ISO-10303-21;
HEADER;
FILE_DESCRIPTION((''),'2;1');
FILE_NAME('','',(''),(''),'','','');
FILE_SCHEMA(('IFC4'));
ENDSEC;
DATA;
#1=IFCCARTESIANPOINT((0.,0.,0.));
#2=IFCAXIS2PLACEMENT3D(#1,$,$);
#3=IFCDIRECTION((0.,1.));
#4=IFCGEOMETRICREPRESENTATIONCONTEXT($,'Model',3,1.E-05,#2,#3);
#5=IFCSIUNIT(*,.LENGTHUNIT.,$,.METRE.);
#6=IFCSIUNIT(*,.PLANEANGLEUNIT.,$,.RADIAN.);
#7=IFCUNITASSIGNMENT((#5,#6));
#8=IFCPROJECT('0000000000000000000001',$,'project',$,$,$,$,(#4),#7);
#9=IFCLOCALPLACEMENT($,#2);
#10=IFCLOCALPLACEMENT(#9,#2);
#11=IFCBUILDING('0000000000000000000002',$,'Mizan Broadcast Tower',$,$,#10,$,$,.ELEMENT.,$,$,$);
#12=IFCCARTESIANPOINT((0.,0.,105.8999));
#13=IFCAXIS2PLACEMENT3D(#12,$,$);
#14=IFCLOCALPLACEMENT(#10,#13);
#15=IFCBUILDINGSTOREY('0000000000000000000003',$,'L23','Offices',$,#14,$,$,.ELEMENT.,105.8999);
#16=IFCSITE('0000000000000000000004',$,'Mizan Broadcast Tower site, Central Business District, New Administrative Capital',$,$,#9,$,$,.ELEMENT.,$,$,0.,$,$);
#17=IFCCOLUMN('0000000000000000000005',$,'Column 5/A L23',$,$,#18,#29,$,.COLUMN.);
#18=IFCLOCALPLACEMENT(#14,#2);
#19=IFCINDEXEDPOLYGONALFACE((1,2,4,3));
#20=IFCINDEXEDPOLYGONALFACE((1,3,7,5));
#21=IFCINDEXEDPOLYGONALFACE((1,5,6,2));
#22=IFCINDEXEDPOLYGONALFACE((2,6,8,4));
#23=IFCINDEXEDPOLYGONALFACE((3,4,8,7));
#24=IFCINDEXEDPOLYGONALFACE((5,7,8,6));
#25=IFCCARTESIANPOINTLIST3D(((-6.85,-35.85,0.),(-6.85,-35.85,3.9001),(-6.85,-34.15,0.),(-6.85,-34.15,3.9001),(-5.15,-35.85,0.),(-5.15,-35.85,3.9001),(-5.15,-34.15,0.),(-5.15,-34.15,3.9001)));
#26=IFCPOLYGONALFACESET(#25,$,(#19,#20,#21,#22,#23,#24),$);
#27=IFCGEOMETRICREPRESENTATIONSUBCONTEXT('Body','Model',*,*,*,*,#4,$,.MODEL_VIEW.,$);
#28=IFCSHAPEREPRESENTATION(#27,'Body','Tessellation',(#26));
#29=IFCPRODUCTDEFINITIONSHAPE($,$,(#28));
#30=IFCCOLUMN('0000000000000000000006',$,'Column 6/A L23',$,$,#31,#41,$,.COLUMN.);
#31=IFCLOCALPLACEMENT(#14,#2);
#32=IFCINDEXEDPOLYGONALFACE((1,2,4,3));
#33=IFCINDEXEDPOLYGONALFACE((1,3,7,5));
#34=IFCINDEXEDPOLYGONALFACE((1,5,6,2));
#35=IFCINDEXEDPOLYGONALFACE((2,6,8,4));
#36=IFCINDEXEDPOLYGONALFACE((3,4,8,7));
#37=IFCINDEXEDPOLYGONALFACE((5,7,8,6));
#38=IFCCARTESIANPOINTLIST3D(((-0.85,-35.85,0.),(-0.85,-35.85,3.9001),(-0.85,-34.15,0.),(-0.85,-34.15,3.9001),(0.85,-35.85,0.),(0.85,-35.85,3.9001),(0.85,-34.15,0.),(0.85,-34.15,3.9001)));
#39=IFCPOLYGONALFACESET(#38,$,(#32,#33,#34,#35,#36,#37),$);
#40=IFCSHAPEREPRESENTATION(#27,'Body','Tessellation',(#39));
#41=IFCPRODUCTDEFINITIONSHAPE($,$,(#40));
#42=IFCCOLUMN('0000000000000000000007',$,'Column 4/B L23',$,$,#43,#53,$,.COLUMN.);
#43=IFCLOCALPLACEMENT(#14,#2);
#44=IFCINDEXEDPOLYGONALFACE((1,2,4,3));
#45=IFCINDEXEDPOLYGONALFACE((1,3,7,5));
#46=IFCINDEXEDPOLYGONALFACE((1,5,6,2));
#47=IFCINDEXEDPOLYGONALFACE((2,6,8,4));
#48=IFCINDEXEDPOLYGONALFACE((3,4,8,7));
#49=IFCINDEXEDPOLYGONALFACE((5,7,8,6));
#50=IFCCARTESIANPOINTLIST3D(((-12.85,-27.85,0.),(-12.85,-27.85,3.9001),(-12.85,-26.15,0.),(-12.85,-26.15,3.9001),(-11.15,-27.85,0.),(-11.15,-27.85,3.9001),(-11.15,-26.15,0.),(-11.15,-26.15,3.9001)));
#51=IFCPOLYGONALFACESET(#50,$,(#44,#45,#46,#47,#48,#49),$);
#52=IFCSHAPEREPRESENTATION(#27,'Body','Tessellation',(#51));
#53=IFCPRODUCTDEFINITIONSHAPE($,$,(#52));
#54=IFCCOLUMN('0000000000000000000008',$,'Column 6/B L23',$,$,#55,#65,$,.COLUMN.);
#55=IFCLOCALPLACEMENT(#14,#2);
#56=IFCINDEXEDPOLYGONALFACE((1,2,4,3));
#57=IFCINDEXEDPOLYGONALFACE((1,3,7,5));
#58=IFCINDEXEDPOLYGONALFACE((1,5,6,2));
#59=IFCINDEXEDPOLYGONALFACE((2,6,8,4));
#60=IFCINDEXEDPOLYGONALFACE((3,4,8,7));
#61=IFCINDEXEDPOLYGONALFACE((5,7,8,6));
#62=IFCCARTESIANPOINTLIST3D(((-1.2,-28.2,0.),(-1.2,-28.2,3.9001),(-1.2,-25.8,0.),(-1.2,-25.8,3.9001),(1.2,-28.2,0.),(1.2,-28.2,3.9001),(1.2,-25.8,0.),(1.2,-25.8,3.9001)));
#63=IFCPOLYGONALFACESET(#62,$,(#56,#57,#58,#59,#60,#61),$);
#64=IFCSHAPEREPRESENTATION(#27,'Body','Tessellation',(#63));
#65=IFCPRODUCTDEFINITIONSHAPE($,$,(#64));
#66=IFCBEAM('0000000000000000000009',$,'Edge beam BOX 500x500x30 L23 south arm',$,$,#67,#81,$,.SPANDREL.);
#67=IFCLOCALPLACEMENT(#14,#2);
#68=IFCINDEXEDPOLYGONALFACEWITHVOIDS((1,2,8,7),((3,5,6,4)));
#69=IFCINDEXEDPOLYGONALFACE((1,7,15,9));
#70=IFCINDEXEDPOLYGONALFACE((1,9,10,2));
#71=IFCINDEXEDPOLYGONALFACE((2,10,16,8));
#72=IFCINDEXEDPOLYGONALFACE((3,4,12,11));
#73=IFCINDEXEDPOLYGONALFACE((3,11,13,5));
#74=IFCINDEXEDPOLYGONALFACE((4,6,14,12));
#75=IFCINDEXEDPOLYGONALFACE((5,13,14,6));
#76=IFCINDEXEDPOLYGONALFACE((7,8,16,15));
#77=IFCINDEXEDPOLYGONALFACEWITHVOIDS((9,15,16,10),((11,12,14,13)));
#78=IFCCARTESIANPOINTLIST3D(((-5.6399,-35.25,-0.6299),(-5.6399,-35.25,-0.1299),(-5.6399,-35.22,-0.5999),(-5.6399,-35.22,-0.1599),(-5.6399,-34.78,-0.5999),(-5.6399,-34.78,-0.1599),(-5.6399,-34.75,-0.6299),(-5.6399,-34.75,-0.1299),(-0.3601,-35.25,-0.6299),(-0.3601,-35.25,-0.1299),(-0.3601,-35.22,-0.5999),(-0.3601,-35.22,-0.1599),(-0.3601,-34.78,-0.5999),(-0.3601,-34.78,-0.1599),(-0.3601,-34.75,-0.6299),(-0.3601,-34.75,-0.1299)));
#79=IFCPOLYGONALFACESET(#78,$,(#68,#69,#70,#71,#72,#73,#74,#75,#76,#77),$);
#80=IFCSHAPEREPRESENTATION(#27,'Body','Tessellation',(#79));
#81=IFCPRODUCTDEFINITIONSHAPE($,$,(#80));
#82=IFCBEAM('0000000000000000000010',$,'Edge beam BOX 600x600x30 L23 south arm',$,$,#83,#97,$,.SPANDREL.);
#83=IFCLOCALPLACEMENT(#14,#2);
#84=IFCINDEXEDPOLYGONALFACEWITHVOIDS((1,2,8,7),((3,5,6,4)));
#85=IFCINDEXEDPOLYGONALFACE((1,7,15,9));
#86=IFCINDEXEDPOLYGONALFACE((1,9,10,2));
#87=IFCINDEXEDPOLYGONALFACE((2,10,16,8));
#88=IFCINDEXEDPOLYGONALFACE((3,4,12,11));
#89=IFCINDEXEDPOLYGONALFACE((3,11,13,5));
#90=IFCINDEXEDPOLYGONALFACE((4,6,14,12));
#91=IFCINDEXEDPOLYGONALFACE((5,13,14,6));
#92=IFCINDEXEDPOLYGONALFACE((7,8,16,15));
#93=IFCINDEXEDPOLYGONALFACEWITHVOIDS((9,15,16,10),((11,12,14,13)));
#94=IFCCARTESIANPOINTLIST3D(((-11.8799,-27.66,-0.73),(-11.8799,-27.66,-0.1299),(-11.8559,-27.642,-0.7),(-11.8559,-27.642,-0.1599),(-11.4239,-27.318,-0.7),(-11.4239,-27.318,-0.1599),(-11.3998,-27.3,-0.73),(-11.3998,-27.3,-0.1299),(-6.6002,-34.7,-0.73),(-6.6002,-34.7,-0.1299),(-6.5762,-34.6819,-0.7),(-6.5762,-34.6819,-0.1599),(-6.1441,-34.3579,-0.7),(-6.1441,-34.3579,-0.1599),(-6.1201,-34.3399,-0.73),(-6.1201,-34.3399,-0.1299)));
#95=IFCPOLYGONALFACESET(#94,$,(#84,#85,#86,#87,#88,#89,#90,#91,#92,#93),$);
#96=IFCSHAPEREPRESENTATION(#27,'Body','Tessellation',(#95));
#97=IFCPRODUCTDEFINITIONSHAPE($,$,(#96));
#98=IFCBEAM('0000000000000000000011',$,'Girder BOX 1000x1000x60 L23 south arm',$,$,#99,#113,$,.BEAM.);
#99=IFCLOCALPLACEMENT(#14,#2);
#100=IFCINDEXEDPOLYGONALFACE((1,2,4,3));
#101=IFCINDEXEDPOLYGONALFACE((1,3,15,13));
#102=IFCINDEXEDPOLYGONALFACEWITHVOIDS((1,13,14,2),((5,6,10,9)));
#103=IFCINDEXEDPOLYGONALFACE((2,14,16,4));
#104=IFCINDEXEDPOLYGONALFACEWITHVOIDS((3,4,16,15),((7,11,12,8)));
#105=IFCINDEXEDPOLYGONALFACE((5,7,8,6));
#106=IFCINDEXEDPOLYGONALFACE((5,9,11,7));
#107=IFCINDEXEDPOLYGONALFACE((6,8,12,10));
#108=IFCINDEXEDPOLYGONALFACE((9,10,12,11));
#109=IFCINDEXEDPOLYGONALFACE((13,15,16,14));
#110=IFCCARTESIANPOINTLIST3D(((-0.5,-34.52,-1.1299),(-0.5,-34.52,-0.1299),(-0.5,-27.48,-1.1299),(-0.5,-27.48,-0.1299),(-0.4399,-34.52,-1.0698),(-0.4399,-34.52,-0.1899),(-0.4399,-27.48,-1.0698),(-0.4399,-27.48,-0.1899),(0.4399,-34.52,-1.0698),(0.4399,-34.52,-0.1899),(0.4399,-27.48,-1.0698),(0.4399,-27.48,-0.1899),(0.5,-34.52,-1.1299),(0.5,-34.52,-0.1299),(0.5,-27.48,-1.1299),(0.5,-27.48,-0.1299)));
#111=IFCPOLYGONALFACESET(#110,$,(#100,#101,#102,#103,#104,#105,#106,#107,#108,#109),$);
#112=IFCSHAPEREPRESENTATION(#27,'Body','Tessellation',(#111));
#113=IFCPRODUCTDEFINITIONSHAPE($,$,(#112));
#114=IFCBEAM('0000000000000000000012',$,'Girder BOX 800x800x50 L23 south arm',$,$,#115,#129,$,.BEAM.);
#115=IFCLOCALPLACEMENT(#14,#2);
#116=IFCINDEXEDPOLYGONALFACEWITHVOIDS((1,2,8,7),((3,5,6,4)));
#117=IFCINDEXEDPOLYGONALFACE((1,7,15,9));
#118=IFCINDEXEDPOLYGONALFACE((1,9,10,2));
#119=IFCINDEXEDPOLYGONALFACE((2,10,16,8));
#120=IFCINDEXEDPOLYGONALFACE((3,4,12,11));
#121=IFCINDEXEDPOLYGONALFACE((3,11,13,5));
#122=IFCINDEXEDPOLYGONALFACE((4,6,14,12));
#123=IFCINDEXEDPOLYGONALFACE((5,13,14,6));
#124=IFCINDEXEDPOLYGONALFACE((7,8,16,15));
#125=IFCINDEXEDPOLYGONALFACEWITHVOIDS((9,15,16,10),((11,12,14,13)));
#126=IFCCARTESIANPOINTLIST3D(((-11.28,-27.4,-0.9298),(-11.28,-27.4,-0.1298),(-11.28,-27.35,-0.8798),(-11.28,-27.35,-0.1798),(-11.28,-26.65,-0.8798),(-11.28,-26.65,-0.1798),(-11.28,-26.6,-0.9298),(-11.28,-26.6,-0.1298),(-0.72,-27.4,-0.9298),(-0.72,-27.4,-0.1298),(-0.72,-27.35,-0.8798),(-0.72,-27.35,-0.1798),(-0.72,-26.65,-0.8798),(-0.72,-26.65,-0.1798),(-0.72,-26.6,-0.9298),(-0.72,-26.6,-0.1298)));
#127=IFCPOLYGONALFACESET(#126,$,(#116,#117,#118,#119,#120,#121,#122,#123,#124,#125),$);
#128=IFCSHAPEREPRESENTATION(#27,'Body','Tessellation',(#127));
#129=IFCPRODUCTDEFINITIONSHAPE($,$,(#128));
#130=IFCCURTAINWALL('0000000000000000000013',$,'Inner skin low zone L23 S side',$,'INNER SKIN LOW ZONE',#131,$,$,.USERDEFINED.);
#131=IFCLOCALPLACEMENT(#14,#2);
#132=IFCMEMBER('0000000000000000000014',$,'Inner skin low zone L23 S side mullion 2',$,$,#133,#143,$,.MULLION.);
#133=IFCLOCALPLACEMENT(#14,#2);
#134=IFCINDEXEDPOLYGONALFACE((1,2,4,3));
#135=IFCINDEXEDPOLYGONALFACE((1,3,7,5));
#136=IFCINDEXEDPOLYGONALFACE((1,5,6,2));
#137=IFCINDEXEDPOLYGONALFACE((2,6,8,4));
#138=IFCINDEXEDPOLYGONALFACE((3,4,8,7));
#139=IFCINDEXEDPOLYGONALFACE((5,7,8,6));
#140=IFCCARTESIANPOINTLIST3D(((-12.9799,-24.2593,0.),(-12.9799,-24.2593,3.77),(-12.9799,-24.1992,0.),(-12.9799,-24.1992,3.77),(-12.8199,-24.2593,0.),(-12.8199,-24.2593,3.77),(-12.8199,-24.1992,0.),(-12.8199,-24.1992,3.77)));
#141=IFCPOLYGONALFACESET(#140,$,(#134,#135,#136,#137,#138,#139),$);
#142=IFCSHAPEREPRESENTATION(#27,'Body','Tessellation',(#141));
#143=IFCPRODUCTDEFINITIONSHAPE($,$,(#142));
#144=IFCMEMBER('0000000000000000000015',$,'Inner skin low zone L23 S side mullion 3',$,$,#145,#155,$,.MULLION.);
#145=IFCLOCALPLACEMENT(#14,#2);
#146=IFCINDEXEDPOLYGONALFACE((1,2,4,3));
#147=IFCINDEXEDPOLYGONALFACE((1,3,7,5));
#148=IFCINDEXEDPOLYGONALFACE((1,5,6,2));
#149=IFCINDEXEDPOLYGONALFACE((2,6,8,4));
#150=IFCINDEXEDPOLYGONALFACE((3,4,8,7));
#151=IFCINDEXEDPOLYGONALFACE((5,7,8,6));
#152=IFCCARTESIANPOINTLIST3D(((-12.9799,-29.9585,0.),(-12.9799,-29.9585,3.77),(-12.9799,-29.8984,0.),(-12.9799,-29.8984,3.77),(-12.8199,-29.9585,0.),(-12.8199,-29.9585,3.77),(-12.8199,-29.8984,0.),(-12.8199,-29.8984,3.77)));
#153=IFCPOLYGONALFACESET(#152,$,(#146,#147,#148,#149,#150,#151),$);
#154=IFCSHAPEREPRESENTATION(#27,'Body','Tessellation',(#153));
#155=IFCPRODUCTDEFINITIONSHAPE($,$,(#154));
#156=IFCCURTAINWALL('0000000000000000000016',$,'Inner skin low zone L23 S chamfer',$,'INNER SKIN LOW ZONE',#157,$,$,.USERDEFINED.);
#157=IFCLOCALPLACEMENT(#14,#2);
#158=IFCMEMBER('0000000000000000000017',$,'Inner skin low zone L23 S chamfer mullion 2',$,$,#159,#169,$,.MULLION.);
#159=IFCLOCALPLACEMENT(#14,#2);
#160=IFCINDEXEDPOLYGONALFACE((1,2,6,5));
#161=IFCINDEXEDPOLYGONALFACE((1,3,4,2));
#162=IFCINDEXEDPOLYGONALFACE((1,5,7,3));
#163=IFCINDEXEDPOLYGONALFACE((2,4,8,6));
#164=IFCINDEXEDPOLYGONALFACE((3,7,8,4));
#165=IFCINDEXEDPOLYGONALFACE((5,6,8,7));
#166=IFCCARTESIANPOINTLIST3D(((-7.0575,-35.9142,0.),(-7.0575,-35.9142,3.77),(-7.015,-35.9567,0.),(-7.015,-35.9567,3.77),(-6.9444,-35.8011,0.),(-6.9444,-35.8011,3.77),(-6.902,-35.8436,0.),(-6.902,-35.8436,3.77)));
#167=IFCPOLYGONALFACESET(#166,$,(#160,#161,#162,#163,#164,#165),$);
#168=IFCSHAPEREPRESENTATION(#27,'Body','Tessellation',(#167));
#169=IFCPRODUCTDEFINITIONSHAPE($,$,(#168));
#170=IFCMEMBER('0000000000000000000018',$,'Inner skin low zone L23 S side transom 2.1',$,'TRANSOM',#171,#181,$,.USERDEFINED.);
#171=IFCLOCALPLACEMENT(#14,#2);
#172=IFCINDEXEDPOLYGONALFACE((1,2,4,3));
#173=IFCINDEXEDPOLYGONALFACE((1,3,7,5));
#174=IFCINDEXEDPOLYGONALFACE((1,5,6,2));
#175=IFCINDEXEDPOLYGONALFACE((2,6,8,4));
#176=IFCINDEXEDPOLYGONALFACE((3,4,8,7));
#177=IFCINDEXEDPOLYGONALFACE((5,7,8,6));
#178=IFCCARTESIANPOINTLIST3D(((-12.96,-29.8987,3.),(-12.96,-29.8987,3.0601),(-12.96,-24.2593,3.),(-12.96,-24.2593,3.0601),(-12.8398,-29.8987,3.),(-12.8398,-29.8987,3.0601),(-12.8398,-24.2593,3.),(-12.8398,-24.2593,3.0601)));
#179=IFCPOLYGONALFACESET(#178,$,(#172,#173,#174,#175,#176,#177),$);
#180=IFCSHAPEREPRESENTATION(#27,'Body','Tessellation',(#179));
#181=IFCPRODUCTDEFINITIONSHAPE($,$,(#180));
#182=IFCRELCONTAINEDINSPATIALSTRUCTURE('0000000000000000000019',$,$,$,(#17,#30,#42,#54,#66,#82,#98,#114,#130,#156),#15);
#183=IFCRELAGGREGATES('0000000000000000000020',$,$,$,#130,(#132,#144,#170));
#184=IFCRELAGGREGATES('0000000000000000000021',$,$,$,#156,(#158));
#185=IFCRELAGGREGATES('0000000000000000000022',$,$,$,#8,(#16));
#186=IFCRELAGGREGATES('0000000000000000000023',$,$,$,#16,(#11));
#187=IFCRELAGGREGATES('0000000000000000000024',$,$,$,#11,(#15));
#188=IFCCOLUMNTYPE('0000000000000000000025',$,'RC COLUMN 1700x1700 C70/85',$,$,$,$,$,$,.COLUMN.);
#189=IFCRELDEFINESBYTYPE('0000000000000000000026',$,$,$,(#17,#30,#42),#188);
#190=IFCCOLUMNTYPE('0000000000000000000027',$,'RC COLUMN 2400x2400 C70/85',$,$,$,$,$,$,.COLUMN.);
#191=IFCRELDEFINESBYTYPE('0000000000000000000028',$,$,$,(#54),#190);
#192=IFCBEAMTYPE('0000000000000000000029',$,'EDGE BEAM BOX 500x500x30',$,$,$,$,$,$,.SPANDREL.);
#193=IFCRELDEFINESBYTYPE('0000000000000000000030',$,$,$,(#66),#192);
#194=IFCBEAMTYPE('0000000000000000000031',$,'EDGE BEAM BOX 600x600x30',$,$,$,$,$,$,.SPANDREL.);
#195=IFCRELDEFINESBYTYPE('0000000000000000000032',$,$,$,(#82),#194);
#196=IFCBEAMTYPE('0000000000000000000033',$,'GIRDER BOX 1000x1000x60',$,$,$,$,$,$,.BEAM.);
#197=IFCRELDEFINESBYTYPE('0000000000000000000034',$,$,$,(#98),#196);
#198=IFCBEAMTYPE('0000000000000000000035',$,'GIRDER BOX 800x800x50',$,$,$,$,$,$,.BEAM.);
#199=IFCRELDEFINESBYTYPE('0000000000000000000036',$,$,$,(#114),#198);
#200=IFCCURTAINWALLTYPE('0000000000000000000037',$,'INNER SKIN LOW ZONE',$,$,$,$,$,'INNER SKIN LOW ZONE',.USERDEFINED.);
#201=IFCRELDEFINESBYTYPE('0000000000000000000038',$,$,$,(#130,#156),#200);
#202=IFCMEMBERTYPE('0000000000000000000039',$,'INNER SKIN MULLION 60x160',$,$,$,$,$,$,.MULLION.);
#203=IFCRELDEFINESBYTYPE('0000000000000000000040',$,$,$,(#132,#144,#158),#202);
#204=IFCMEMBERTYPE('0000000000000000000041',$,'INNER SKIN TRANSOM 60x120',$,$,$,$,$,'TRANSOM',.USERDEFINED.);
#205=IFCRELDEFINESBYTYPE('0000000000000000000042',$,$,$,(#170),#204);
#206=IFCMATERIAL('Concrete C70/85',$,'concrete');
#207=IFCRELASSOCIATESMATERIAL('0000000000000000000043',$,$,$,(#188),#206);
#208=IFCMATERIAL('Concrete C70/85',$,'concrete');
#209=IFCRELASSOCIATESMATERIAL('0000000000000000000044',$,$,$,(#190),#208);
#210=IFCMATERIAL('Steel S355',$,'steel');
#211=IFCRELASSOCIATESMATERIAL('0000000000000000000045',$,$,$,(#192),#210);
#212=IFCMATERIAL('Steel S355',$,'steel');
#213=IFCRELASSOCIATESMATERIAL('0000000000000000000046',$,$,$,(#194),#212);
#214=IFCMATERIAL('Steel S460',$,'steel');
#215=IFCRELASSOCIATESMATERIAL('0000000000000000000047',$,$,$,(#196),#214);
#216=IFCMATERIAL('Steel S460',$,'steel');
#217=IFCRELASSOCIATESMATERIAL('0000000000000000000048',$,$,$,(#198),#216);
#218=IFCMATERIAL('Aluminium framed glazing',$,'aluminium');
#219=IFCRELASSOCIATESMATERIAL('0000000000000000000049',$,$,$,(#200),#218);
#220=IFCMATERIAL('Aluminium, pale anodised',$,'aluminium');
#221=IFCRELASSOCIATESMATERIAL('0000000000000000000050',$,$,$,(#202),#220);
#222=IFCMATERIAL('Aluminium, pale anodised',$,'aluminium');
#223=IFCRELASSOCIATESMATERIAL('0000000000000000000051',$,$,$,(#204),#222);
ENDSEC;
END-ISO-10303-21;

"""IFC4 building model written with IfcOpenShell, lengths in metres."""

from ifc_helpers import new_model, si_unit, direction, frame, origin, origin_2d, place, context, subcontext, project, spatial, rectangle, hollow_rectangle, extrude, material, material_profile, profile_set, type_object, element, aggregate, save


model = new_model("IFC4")

# Units and contexts
model_context = context("Model", 3, precision=1e-05, world=origin(), true_north=direction((0.0, 1.0)))
body_context = subcontext(model_context, "Body", "Model", "MODEL_VIEW")
ifc_project = project(units=[si_unit("LENGTHUNIT", "METRE"), si_unit("PLANEANGLEUNIT", "RADIAN")], contexts=[model_context])

# Site, building, storey
site_placement = place(None, origin())
site = spatial("IfcSite", under=ifc_project, at=site_placement, Name="Mizan Broadcast Tower site, Central Business District, New Administrative Capital", CompositionType="ELEMENT", RefElevation=0.0)
building_placement = place(site_placement, origin())
building = spatial("IfcBuilding", under=site, at=building_placement, Name="Mizan Broadcast Tower", CompositionType="ELEMENT")
storey_placement = place(building_placement, frame((0.0, 0.0, 105.8999)))
storey = spatial("IfcBuildingStorey", under=building, at=storey_placement, Name="L23", Description="Offices", CompositionType="ELEMENT", Elevation=105.8999)

# Columns
ifc_material_1 = material(Name="Concrete C70/85", Category="concrete")
ifc_material_profile_1 = material_profile(ifc_material_1, rectangle(XDim=1.7, YDim=1.7, at=origin_2d()), Name="RC 1700x1700")
ifc_profile_set_1 = profile_set([ifc_material_profile_1], Name="Concrete C70/85")
column_type_1 = type_object("IfcColumnType", Name="RC COLUMN 1700x1700 C70/85", PredefinedType="COLUMN", material=ifc_profile_set_1)
for number, where, z_axis, x_axis, name in (
    (1, (-6.0, -35.0, 0.0), (0.0, 0.0, 1.0), (1.0, 0.0, 0.0), "Column 5/A L23"),
    (2, (0.0, -35.0, 0.0), (0.0, 0.0, 1.0), (1.0, 0.0, 0.0), "Column 6/A L23"),
    (3, (-12.0, -27.0, 0.0), (0.0, 0.0, 1.0), (1.0, 0.0, 0.0), "Column 4/B L23"),
):
    element("IfcColumn", number, at=place(storey_placement, frame(where, z_axis=z_axis, x_axis=x_axis)), inside=storey, type_object=column_type_1, Name=name, PredefinedType="COLUMN", context=body_context, shape_type="SweptSolid", body=[
        extrude(rectangle(XDim=1.7, YDim=1.7, at=origin_2d()), origin(), (0.0, 0.0, 1.0), 3.9001),
    ])
ifc_material_2 = material(Name="Concrete C70/85", Category="concrete")
ifc_material_profile_2 = material_profile(ifc_material_2, rectangle(XDim=2.3999, YDim=2.3999, at=origin_2d()), Name="RC 2400x2400")
ifc_profile_set_2 = profile_set([ifc_material_profile_2], Name="Concrete C70/85")
column_type_2 = type_object("IfcColumnType", Name="RC COLUMN 2400x2400 C70/85", PredefinedType="COLUMN", material=ifc_profile_set_2)
column_placement = place(storey_placement, frame((0.0, -27.0, 0.0), z_axis=(0.0, 0.0, 1.0), x_axis=(1.0, 0.0, 0.0)))
element("IfcColumn", 4, at=column_placement, inside=storey, type_object=column_type_2, Name="Column 6/B L23", PredefinedType="COLUMN", context=body_context, shape_type="SweptSolid", body=[
    extrude(rectangle(XDim=2.3999, YDim=2.3999, at=origin_2d()), origin(), (0.0, 0.0, 1.0), 3.9001),
])

# Beams
ifc_material_3 = material(Name="Steel S355", Category="steel")
ifc_material_profile_3 = material_profile(ifc_material_3, hollow_rectangle(XDim=0.5, YDim=0.5, WallThickness=0.03, at=origin_2d()), Name="BOX 500x500x30")
ifc_profile_set_3 = profile_set([ifc_material_profile_3], Name="Steel S355")
beam_type_1 = type_object("IfcBeamType", Name="EDGE BEAM BOX 500x500x30", PredefinedType="SPANDREL", material=ifc_profile_set_3)
beam_1_placement = place(storey_placement, frame((-5.6399, -35.0, -0.3799), z_axis=(1.0, 0.0, 0.0), x_axis=(0.0, 1.0, 0.0)))
element("IfcBeam", 5, at=beam_1_placement, inside=storey, type_object=beam_type_1, Name="Edge beam BOX 500x500x30 L23 south arm", PredefinedType="SPANDREL", context=body_context, shape_type="SweptSolid", body=[
    extrude(hollow_rectangle(XDim=0.5, YDim=0.5, WallThickness=0.03, at=origin_2d()), origin(), (0.0, 0.0, 1.0), 5.2798),
])
ifc_material_4 = material(Name="Steel S355", Category="steel")
ifc_material_profile_4 = material_profile(ifc_material_4, hollow_rectangle(XDim=0.6001, YDim=0.6001, WallThickness=0.03, at=origin_2d()), Name="BOX 600x600x30")
ifc_profile_set_4 = profile_set([ifc_material_profile_4], Name="Steel S355")
beam_type_2 = type_object("IfcBeamType", Name="EDGE BEAM BOX 600x600x30", PredefinedType="SPANDREL", material=ifc_profile_set_4)
beam_2_placement = place(storey_placement, frame((-11.6399, -27.48, -0.4299), z_axis=(0.599982, -0.800013, 0.0), x_axis=(0.800013, 0.599982, 0.0)))
element("IfcBeam", 6, at=beam_2_placement, inside=storey, type_object=beam_type_2, Name="Edge beam BOX 600x600x30 L23 south arm", PredefinedType="SPANDREL", context=body_context, shape_type="SweptSolid", body=[
    extrude(hollow_rectangle(XDim=0.6001, YDim=0.6001, WallThickness=0.03, at=origin_2d()), origin(), (0.0, 0.0, 1.0), 8.7998),
])
ifc_material_5 = material(Name="Steel S460", Category="steel")
ifc_material_profile_5 = material_profile(ifc_material_5, hollow_rectangle(XDim=1.0, YDim=1.0, WallThickness=0.0601, at=origin_2d()), Name="BOX 1000x1000x60")
ifc_profile_set_5 = profile_set([ifc_material_profile_5], Name="Steel S460")
beam_type_3 = type_object("IfcBeamType", Name="GIRDER BOX 1000x1000x60", PredefinedType="BEAM", material=ifc_profile_set_5)
beam_3_placement = place(storey_placement, frame((0.0, -27.48, -0.6299), z_axis=(0.0, -1.0, 0.0), x_axis=(1.0, 0.0, 0.0)))
element("IfcBeam", 7, at=beam_3_placement, inside=storey, type_object=beam_type_3, Name="Girder BOX 1000x1000x60 L23 south arm", PredefinedType="BEAM", context=body_context, shape_type="SweptSolid", body=[
    extrude(hollow_rectangle(XDim=1.0, YDim=1.0, WallThickness=0.0601, at=origin_2d()), origin(), (0.0, 0.0, 1.0), 7.04),
])
ifc_material_6 = material(Name="Steel S460", Category="steel")
ifc_material_profile_6 = material_profile(ifc_material_6, hollow_rectangle(XDim=0.8, YDim=0.8, WallThickness=0.05, at=origin_2d()), Name="BOX 800x800x50")
ifc_profile_set_6 = profile_set([ifc_material_profile_6], Name="Steel S460")
beam_type_4 = type_object("IfcBeamType", Name="GIRDER BOX 800x800x50", PredefinedType="BEAM", material=ifc_profile_set_6)
beam_4_placement = place(storey_placement, frame((-11.28, -27.0, -0.5298), z_axis=(1.0, 0.0, 0.0), x_axis=(0.0, 1.0, 0.0)))
element("IfcBeam", 8, at=beam_4_placement, inside=storey, type_object=beam_type_4, Name="Girder BOX 800x800x50 L23 south arm", PredefinedType="BEAM", context=body_context, shape_type="SweptSolid", body=[
    extrude(hollow_rectangle(XDim=0.8, YDim=0.8, WallThickness=0.05, at=origin_2d()), origin(), (0.0, 0.0, 1.0), 10.5601),
])

# Curtain wall, members
ifc_material_7 = material(Name="Aluminium framed glazing", Category="aluminium")
curtain_wall_type_1 = type_object("IfcCurtainWallType", Name="INNER SKIN LOW ZONE", ElementType="INNER SKIN LOW ZONE", PredefinedType="USERDEFINED", material=ifc_material_7)
curtain_wall_1_placement = place(storey_placement, origin())
curtain_wall_1 = element("IfcCurtainWall", 9, at=curtain_wall_1_placement, inside=storey, type_object=curtain_wall_type_1, Name="Inner skin low zone L23 S side", ObjectType="INNER SKIN LOW ZONE", PredefinedType="USERDEFINED")
ifc_material_8 = material(Name="Aluminium, pale anodised", Category="aluminium")
ifc_material_profile_7 = material_profile(ifc_material_8, rectangle(XDim=0.1599, YDim=0.0601, at=origin_2d()), Name="MULLION 160x60")
ifc_profile_set_7 = profile_set([ifc_material_profile_7], Name="Aluminium, pale anodised")
member_type_1 = type_object("IfcMemberType", Name="INNER SKIN MULLION 60x160", PredefinedType="MULLION", material=ifc_profile_set_7)
member_1_placement = place(storey_placement, frame((-12.8999, -24.2292, 0.0), z_axis=(0.0, 0.0, 1.0), x_axis=(1.0, 0.0, 0.0)))
member_1 = element("IfcMember", 10, at=member_1_placement, type_object=member_type_1, Name="Inner skin low zone L23 S side mullion 2", PredefinedType="MULLION", context=body_context, shape_type="SweptSolid", body=[
    extrude(rectangle(XDim=0.1599, YDim=0.0601, at=origin_2d()), origin(), (0.0, 0.0, 1.0), 3.77),
])
member_2_placement = place(storey_placement, frame((-12.8999, -29.9285, 0.0), z_axis=(0.0, 0.0, 1.0), x_axis=(1.0, 0.0, 0.0)))
member_2 = element("IfcMember", 11, at=member_2_placement, type_object=member_type_1, Name="Inner skin low zone L23 S side mullion 3", PredefinedType="MULLION", context=body_context, shape_type="SweptSolid", body=[
    extrude(rectangle(XDim=0.1599, YDim=0.0601, at=origin_2d()), origin(), (0.0, 0.0, 1.0), 3.77),
])

# Curtain wall, member
curtain_wall_2_placement = place(storey_placement, origin())
curtain_wall_2 = element("IfcCurtainWall", 12, at=curtain_wall_2_placement, inside=storey, type_object=curtain_wall_type_1, Name="Inner skin low zone L23 S chamfer", ObjectType="INNER SKIN LOW ZONE", PredefinedType="USERDEFINED")
member_3_placement = place(storey_placement, frame((-6.9797, -35.8789, 0.0), z_axis=(0.0, 0.0, 1.0), x_axis=(0.707107, 0.707107, 0.0)))
member_3 = element("IfcMember", 13, at=member_3_placement, type_object=member_type_1, Name="Inner skin low zone L23 S chamfer mullion 2", PredefinedType="MULLION", context=body_context, shape_type="SweptSolid", body=[
    extrude(rectangle(XDim=0.1599, YDim=0.0601, at=origin_2d()), origin(), (0.0, 0.0, 1.0), 3.77),
])

# Member
ifc_material_9 = material(Name="Aluminium, pale anodised", Category="aluminium")
ifc_material_profile_8 = material_profile(ifc_material_9, rectangle(XDim=0.1201, YDim=0.0601, at=origin_2d()), Name="TRANSOM 120x60")
ifc_profile_set_8 = profile_set([ifc_material_profile_8], Name="Aluminium, pale anodised")
member_type_2 = type_object("IfcMemberType", Name="INNER SKIN TRANSOM 60x120", ElementType="TRANSOM", PredefinedType="USERDEFINED", material=ifc_profile_set_8)
member_4_placement = place(storey_placement, frame((-12.8999, -24.2593, 3.03), z_axis=(0.0, -1.0, 0.0), x_axis=(1.0, 0.0, 0.0)))
member_4 = element("IfcMember", 14, at=member_4_placement, type_object=member_type_2, Name="Inner skin low zone L23 S side transom 2.1", ObjectType="TRANSOM", PredefinedType="USERDEFINED", context=body_context, shape_type="SweptSolid", body=[
    extrude(rectangle(XDim=0.1201, YDim=0.0601, at=origin_2d()), origin(), (0.0, 0.0, 1.0), 5.6394),
])

aggregate(curtain_wall_1, [member_1, member_2, member_4])
aggregate(curtain_wall_2, [member_3])

save(model, "model.ifc")
